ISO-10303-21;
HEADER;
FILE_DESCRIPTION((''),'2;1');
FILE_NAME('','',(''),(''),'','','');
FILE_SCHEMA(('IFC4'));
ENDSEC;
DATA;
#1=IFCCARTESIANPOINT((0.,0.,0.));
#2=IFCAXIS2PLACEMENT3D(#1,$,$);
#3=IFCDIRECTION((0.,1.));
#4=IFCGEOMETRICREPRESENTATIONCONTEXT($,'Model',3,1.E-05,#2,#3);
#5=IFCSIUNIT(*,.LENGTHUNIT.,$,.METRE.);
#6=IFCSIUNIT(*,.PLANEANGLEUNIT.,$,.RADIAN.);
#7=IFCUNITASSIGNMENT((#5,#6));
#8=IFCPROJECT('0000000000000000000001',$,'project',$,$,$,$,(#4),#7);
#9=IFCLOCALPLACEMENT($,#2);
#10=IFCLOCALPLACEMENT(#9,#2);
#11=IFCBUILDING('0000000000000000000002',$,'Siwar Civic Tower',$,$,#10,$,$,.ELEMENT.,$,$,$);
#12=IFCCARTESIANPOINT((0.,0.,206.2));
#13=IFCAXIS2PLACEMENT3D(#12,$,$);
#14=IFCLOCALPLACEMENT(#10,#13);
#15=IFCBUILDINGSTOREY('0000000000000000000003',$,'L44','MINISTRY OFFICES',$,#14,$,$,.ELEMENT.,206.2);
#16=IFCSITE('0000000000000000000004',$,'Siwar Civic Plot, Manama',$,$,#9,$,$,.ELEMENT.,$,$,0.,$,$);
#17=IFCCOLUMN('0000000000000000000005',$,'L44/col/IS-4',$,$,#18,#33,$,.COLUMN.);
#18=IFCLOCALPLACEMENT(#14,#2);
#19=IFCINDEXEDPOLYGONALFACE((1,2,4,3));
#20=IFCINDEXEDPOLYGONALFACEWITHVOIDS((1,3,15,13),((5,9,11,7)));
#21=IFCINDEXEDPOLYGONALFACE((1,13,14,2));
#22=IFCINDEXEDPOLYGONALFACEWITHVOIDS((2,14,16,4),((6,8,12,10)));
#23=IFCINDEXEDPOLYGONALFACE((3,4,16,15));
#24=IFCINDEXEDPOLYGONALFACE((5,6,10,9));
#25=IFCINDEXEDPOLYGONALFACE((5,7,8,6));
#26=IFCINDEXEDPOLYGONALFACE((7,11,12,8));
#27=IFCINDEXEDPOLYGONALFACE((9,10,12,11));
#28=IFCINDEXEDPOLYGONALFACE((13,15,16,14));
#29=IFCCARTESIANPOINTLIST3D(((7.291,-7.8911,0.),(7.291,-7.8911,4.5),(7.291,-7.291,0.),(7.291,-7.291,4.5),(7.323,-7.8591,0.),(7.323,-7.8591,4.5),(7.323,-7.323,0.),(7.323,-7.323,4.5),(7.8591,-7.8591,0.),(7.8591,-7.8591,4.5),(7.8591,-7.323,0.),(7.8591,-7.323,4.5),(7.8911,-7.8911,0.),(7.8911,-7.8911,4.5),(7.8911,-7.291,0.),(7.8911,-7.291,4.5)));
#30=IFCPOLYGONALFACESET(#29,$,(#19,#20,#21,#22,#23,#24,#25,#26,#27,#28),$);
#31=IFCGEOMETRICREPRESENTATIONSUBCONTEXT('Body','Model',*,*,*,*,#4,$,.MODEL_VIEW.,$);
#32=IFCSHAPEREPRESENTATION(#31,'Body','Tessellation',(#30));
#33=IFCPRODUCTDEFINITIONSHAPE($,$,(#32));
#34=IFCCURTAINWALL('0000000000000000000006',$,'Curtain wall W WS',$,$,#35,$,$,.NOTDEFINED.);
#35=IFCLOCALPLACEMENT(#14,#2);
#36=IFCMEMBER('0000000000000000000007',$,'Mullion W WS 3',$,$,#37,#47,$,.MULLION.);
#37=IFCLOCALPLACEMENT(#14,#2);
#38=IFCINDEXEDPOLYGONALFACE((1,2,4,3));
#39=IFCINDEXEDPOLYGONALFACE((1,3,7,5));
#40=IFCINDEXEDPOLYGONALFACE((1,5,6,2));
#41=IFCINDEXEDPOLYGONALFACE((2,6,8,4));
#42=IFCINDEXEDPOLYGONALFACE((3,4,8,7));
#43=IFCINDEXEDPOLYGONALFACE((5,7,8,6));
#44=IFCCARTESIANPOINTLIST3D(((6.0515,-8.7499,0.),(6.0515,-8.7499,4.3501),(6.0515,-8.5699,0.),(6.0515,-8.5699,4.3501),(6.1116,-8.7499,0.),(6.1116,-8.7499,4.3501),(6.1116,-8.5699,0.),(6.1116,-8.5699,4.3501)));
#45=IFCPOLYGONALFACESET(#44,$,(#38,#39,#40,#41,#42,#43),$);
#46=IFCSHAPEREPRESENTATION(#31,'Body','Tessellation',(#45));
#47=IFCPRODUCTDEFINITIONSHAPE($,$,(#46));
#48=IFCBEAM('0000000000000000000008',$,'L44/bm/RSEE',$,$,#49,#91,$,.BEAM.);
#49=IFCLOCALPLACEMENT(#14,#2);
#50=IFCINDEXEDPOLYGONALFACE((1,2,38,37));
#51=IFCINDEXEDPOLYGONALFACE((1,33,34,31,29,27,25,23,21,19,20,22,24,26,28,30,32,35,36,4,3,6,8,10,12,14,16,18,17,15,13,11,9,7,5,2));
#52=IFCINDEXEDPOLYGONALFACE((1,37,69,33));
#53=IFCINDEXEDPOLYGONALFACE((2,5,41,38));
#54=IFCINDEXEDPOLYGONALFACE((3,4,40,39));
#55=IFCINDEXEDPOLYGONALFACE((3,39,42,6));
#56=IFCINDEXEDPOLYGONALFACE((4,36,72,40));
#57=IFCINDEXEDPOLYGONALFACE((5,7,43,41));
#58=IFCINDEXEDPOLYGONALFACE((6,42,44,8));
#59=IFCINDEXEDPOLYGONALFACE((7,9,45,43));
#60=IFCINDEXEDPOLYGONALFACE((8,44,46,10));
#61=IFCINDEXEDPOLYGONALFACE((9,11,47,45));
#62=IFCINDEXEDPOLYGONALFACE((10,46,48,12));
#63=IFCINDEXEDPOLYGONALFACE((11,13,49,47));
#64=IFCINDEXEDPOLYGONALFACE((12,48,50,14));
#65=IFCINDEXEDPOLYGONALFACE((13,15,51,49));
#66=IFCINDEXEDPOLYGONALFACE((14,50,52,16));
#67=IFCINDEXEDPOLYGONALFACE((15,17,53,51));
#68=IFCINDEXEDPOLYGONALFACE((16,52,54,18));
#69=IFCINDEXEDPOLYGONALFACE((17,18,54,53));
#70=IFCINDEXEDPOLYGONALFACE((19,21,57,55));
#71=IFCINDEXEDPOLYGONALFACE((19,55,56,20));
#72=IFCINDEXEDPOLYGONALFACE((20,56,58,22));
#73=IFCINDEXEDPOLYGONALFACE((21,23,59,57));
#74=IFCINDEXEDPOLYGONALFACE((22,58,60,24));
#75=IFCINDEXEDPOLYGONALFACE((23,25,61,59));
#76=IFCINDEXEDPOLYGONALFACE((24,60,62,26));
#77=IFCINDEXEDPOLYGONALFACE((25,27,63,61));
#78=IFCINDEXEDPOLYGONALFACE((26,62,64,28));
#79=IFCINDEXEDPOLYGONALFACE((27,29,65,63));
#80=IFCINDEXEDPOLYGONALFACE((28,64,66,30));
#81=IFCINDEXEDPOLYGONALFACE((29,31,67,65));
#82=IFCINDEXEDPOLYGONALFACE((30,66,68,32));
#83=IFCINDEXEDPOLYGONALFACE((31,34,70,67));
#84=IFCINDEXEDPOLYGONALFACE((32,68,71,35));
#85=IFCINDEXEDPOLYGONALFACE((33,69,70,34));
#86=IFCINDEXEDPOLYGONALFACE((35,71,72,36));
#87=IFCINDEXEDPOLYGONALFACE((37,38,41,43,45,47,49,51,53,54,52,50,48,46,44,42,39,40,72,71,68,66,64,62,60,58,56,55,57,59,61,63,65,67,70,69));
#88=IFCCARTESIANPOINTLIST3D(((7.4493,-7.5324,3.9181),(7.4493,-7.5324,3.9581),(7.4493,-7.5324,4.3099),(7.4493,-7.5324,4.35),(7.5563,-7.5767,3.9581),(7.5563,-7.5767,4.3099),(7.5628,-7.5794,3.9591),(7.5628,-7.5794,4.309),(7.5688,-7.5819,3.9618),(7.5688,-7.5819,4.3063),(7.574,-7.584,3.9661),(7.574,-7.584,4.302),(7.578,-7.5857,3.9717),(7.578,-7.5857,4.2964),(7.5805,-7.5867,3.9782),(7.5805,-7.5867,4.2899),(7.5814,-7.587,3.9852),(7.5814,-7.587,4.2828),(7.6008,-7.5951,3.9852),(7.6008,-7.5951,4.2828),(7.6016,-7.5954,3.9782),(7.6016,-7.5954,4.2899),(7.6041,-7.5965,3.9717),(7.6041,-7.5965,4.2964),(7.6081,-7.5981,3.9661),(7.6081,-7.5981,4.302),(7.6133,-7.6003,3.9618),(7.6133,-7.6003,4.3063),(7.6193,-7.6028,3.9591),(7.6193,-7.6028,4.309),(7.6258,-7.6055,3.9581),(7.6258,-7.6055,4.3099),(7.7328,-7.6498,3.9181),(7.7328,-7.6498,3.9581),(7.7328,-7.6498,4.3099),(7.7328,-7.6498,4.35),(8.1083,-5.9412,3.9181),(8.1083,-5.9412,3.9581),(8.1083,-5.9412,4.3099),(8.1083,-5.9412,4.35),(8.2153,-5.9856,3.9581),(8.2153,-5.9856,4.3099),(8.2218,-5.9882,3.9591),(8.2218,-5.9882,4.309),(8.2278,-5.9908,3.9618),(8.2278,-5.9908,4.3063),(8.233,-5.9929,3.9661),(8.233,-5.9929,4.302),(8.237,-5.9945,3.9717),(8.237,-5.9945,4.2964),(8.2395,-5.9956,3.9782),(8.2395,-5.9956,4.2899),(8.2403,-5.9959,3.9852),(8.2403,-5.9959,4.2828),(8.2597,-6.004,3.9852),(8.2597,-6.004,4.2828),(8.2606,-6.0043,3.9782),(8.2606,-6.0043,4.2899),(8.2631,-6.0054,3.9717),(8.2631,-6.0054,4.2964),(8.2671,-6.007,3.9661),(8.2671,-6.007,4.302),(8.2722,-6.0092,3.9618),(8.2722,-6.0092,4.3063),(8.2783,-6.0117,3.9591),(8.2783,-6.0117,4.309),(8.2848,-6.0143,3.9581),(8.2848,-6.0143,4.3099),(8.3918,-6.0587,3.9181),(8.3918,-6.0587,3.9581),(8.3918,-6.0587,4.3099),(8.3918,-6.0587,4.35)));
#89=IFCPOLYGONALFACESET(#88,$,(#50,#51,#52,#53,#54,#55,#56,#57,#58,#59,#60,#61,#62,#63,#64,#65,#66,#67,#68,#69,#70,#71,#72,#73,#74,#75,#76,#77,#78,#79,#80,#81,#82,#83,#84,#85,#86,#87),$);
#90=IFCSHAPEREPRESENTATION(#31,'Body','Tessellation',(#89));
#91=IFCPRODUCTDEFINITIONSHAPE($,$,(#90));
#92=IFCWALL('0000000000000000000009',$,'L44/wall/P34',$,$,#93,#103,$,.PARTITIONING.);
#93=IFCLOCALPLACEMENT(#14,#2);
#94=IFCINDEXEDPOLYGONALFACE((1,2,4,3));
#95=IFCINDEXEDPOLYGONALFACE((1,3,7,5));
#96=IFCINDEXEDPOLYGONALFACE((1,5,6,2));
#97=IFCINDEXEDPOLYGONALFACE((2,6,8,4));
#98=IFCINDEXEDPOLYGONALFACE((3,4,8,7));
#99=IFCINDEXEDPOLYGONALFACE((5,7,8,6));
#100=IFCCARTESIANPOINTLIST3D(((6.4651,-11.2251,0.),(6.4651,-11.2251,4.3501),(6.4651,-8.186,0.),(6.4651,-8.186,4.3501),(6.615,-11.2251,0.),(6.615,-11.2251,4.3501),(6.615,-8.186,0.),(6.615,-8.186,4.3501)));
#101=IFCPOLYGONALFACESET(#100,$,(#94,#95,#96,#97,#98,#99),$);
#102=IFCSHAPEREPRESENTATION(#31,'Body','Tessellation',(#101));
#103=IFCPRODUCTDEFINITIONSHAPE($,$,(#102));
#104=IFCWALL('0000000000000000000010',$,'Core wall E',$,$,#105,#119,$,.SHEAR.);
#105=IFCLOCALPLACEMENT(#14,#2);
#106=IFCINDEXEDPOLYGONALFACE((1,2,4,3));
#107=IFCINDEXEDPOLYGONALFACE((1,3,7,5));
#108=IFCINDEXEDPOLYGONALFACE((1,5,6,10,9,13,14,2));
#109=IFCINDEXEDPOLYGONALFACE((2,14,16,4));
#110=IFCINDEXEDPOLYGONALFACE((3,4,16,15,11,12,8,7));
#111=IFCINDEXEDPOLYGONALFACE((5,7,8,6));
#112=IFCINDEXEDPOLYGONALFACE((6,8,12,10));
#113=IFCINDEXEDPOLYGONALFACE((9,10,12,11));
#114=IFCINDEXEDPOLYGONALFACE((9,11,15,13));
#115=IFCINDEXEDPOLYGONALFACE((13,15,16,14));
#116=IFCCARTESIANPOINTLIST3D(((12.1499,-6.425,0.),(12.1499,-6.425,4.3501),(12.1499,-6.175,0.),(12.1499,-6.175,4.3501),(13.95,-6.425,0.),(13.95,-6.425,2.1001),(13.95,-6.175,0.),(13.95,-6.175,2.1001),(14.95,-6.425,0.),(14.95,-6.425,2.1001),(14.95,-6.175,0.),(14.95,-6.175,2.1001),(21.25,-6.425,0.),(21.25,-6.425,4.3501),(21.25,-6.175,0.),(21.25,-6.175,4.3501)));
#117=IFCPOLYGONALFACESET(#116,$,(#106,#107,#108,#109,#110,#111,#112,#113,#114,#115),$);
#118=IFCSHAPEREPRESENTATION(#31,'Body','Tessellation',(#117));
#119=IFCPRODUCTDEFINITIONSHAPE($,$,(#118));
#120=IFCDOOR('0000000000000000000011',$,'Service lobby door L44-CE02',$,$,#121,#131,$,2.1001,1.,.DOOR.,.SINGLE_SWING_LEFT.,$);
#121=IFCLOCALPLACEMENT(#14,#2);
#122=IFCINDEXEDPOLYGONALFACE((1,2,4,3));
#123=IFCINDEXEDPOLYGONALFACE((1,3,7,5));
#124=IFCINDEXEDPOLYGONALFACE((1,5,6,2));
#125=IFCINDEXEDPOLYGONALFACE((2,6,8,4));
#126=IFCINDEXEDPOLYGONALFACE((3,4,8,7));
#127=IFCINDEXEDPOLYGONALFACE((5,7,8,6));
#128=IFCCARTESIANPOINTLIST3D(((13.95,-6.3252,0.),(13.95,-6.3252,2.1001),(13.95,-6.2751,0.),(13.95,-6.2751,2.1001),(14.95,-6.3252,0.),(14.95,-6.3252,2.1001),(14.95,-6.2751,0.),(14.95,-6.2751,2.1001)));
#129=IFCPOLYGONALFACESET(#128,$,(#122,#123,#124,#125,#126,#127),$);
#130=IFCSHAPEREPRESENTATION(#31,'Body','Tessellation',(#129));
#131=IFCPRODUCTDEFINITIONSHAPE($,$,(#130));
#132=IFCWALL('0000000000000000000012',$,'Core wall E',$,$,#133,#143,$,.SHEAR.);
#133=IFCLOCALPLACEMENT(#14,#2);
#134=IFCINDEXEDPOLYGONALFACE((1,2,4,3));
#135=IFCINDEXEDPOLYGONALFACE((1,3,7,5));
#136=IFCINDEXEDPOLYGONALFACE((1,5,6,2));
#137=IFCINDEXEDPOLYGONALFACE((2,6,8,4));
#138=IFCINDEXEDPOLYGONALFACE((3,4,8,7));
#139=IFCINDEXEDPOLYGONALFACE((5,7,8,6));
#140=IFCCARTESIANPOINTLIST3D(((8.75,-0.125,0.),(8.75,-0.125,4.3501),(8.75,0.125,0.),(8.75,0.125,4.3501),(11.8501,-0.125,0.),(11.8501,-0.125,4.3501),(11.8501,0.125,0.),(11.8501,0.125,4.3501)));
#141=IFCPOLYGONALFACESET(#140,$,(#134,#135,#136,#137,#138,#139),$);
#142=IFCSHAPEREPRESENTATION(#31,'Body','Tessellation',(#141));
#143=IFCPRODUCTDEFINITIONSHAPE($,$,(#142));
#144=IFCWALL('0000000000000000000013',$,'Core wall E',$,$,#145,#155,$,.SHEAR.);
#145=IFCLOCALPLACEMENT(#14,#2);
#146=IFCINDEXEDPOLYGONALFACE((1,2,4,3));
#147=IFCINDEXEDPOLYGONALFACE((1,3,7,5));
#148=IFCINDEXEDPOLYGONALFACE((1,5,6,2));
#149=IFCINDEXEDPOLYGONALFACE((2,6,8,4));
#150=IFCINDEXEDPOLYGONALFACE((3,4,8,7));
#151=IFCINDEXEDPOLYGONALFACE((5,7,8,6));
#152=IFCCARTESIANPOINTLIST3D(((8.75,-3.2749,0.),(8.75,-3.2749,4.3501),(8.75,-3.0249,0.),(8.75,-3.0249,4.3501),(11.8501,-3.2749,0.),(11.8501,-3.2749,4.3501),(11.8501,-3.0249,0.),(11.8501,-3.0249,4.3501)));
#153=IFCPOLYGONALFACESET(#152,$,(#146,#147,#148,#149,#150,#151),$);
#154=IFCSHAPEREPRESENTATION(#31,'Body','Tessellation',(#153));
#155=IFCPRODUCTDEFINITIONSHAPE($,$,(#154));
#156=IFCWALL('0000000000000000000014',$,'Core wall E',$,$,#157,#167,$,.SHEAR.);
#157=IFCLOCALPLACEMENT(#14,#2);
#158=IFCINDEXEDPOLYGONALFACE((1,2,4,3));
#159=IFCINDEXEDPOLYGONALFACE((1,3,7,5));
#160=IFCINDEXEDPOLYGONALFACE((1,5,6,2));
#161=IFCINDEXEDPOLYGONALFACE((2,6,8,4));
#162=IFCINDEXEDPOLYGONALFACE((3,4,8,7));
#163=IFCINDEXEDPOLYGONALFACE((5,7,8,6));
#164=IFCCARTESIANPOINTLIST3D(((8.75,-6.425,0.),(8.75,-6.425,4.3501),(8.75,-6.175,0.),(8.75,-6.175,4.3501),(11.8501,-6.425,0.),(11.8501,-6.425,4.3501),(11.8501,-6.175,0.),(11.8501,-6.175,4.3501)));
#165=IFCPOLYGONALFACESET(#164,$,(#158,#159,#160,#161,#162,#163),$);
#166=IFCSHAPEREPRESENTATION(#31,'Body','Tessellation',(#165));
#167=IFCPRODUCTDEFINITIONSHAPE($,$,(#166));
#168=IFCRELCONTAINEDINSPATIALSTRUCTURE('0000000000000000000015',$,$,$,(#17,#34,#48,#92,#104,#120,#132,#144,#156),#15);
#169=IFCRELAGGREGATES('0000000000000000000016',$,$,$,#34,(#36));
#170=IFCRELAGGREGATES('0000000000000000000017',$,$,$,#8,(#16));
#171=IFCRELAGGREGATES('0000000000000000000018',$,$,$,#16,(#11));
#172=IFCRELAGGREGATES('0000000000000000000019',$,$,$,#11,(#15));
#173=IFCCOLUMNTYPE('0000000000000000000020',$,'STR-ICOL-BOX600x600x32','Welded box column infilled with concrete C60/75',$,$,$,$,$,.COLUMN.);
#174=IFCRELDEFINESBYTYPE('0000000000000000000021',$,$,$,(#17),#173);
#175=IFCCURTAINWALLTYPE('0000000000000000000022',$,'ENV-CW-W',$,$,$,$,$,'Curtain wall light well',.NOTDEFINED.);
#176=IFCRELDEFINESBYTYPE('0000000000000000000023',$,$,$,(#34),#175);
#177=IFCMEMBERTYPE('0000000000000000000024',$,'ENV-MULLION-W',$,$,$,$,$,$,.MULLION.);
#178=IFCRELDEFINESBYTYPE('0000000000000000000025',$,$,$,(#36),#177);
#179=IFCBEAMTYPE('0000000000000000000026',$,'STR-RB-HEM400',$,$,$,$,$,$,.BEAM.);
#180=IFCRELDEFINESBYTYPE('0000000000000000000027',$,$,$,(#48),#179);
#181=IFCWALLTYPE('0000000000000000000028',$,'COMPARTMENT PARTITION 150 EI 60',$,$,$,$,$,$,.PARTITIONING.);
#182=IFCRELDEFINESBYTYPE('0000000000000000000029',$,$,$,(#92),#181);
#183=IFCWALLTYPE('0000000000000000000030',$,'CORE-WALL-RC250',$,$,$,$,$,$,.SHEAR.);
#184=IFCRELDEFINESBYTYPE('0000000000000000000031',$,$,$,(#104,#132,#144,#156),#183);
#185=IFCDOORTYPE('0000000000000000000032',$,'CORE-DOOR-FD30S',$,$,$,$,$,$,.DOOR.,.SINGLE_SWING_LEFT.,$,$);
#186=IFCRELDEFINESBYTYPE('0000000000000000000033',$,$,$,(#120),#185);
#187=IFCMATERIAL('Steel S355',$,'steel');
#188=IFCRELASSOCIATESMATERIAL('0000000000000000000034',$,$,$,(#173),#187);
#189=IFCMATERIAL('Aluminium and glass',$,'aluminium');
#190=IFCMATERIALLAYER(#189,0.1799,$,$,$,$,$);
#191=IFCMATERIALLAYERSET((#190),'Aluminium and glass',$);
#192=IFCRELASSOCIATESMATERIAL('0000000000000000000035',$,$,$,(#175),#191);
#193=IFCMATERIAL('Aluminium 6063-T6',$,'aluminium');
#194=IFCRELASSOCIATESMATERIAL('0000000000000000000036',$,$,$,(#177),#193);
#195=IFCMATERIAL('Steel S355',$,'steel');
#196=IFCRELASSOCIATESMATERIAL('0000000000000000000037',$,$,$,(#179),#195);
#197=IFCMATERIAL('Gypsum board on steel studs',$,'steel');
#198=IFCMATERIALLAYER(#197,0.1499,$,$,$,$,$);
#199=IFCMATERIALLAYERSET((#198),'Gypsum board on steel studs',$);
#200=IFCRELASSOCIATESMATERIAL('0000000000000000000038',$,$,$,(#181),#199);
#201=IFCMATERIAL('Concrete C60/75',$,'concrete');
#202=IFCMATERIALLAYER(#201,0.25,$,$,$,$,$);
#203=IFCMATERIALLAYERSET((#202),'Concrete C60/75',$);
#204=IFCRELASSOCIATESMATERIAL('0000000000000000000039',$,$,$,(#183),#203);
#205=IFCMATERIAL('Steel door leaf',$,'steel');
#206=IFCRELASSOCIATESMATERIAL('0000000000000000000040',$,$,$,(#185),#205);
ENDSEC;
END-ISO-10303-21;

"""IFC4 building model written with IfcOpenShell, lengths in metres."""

from ifc_helpers import new_model, si_unit, direction, frame, frame_2d, origin, origin_2d, place, context, subcontext, project, spatial, rectangle, hollow_rectangle, i_section, extrude, material, layer, layer_set, material_profile, profile_set, type_object, element, fill, aggregate, save


model = new_model("IFC4")

# Units and contexts
model_context = context("Model", 3, precision=1e-05, world=origin(), true_north=direction((0.0, 1.0)))
body_context = subcontext(model_context, "Body", "Model", "MODEL_VIEW")
ifc_project = project(units=[si_unit("LENGTHUNIT", "METRE"), si_unit("PLANEANGLEUNIT", "RADIAN")], contexts=[model_context])

# Site, building, storey
site_placement = place(None, origin())
site = spatial("IfcSite", under=ifc_project, at=site_placement, Name="Siwar Civic Plot, Manama", CompositionType="ELEMENT", RefElevation=0.0)
building_placement = place(site_placement, origin())
building = spatial("IfcBuilding", under=site, at=building_placement, Name="Siwar Civic Tower", CompositionType="ELEMENT")
storey_placement = place(building_placement, frame((0.0, 0.0, 206.2)))
storey = spatial("IfcBuildingStorey", under=building, at=storey_placement, Name="L44", Description="MINISTRY OFFICES", CompositionType="ELEMENT", Elevation=206.2)

# Column
ifc_material_1 = material(Name="Steel S355", Category="steel")
ifc_material_profile_1 = material_profile(ifc_material_1, hollow_rectangle(XDim=0.6001, YDim=0.6001, WallThickness=0.032, at=origin_2d()), Name="BOX600x600x32")
ifc_profile_set_1 = profile_set([ifc_material_profile_1], Name="Steel S355")
column_type = type_object("IfcColumnType", Name="STR-ICOL-BOX600x600x32", Description="Welded box column infilled with concrete C60/75", PredefinedType="COLUMN", material=ifc_profile_set_1)
column_placement = place(storey_placement, frame((7.5911, -7.5911, 0.0), z_axis=(0.0, 0.0, 1.0), x_axis=(1.0, 0.0, 0.0)))
element("IfcColumn", 1, at=column_placement, inside=storey, type_object=column_type, Name="L44/col/IS-4", PredefinedType="COLUMN", context=body_context, shape_type="SweptSolid", body=[
    extrude(hollow_rectangle(XDim=0.6001, YDim=0.6001, WallThickness=0.032, at=origin_2d()), origin(), (0.0, 0.0, 1.0), 4.5),
])

# Curtain wall, member
ifc_material_2 = material(Name="Aluminium and glass", Category="aluminium")
ifc_layer_1 = layer(ifc_material_2, 0.1799)
ifc_layer_set_1 = layer_set([ifc_layer_1], Name="Aluminium and glass")
curtain_wall_type = type_object("IfcCurtainWallType", Name="ENV-CW-W", ElementType="Curtain wall light well", PredefinedType="NOTDEFINED", material=ifc_layer_set_1)
curtain_wall_placement = place(storey_placement, origin())
curtain_wall = element("IfcCurtainWall", 2, at=curtain_wall_placement, inside=storey, type_object=curtain_wall_type, Name="Curtain wall W WS", PredefinedType="NOTDEFINED")
ifc_material_3 = material(Name="Aluminium 6063-T6", Category="aluminium")
ifc_material_profile_2 = material_profile(ifc_material_3, rectangle(XDim=0.1799, YDim=0.0601, at=origin_2d()), Name="AL 180x60")
ifc_profile_set_2 = profile_set([ifc_material_profile_2], Name="Aluminium 6063-T6")
member_type = type_object("IfcMemberType", Name="ENV-MULLION-W", PredefinedType="MULLION", material=ifc_profile_set_2)
member_placement = place(storey_placement, frame((6.0815, -8.6599, 0.0), z_axis=(0.0, 0.0, 1.0), x_axis=(0.0, 1.0, 0.0)))
member = element("IfcMember", 3, at=member_placement, type_object=member_type, Name="Mullion W WS 3", PredefinedType="MULLION", context=body_context, shape_type="SweptSolid", body=[
    extrude(rectangle(XDim=0.1799, YDim=0.0601, at=origin_2d()), origin(), (0.0, 0.0, 1.0), 4.3501),
])
aggregate(curtain_wall, [member])

# Beam
ifc_material_4 = material(Name="Steel S355", Category="steel")
ifc_material_profile_3 = material_profile(ifc_material_4, i_section(OverallWidth=0.3069, OverallDepth=0.4319, WebThickness=0.021, FlangeThickness=0.04, FilletRadius=0.0271, at=origin_2d()), Name="HEM400")
ifc_profile_set_3 = profile_set([ifc_material_profile_3], Name="Steel S355")
beam_type = type_object("IfcBeamType", Name="STR-RB-HEM400", PredefinedType="BEAM", material=ifc_profile_set_3)
beam_placement = place(storey_placement, frame((7.5911, -7.5911, 4.134), z_axis=(0.382631, 0.923901, 0.0), x_axis=(-0.923901, 0.382631, 0.0)))
element("IfcBeam", 4, at=beam_placement, inside=storey, type_object=beam_type, Name="L44/bm/RSEE", PredefinedType="BEAM", context=body_context, shape_type="SweptSolid", body=[
    extrude(i_section(OverallWidth=0.3069, OverallDepth=0.4319, WebThickness=0.021, FlangeThickness=0.04, FilletRadius=0.0271, at=origin_2d()), origin(), (0.0, 0.0, 1.0), 1.7222),
])

# Wall
ifc_material_5 = material(Name="Gypsum board on steel studs", Category="steel")
ifc_layer_2 = layer(ifc_material_5, 0.1499)
ifc_layer_set_2 = layer_set([ifc_layer_2], Name="Gypsum board on steel studs")
wall_type_1 = type_object("IfcWallType", Name="COMPARTMENT PARTITION 150 EI 60", PredefinedType="PARTITIONING", material=ifc_layer_set_2)
wall_1_placement = place(storey_placement, frame((6.54, -11.2251, 0.0), z_axis=(0.0, 0.0, 1.0), x_axis=(0.0, 1.0, 0.0)))
element("IfcWall", 5, at=wall_1_placement, inside=storey, type_object=wall_type_1, Name="L44/wall/P34", PredefinedType="PARTITIONING", context=body_context, shape_type="SweptSolid", body=[
    extrude(rectangle(XDim=3.0391, YDim=0.1499, at=frame_2d((1.5195, 0.0))), origin(), (0.0, 0.0, 1.0), 4.3501),
])

# Wall, opening, door
ifc_material_6 = material(Name="Concrete C60/75", Category="concrete")
ifc_layer_3 = layer(ifc_material_6, 0.25)
ifc_layer_set_3 = layer_set([ifc_layer_3], Name="Concrete C60/75")
wall_type_2 = type_object("IfcWallType", Name="CORE-WALL-RC250", PredefinedType="SHEAR", material=ifc_layer_set_3)
wall_2_placement = place(storey_placement, frame((12.1499, -6.3, 0.0), z_axis=(0.0, 0.0, 1.0), x_axis=(1.0, 0.0, 0.0)))
wall_2 = element("IfcWall", 6, at=wall_2_placement, inside=storey, type_object=wall_type_2, Name="Core wall E", PredefinedType="SHEAR", context=body_context, shape_type="SweptSolid", body=[
    extrude(rectangle(XDim=9.1001, YDim=0.25, at=frame_2d((4.55, 0.0))), origin(), (0.0, 0.0, 1.0), 4.3501),
])
opening_1_placement = place(wall_2_placement, frame((1.8, 0.0, 0.0)))
opening_1 = element("IfcOpeningElement", 7, at=opening_1_placement, cuts=wall_2, PredefinedType="OPENING", context=body_context, shape_type="SweptSolid", body=[
    extrude(rectangle(XDim=1.0, YDim=2.1001, at=frame_2d((0.5, 1.05))), frame((0.0, 0.135, 0.0), z_axis=(0.0, -1.0, 0.0), x_axis=(1.0, 0.0, 0.0)), (0.0, 0.0, 1.0), 0.27),
])
ifc_material_7 = material(Name="Steel door leaf", Category="steel")
door_type_1 = type_object("IfcDoorType", Name="CORE-DOOR-FD30S", OperationType="SINGLE_SWING_LEFT", PredefinedType="DOOR", material=ifc_material_7)
door_1_placement = place(opening_1_placement, origin())
door_1 = element("IfcDoor", 8, at=door_1_placement, inside=storey, type_object=door_type_1, Name="Service lobby door L44-CE02", OperationType="SINGLE_SWING_LEFT", OverallHeight=2.1001, OverallWidth=1.0, PredefinedType="DOOR", context=body_context, shape_type="SweptSolid", body=[
    extrude(rectangle(XDim=1.0, YDim=2.1001, at=frame_2d((0.5, 1.05))), frame((0.0, 0.0249, 0.0), z_axis=(0.0, -1.0, 0.0), x_axis=(1.0, 0.0, 0.0)), (0.0, 0.0, 1.0), 0.05),
])
fill(opening_1, door_1)

# Walls
for number, where, z_axis, x_axis, name in (
    (9, (8.75, 0.0, 0.0), (0.0, 0.0, 1.0), (1.0, 0.0, 0.0), "Core wall E"),
    (10, (8.75, -3.1499, 0.0), (0.0, 0.0, 1.0), (1.0, 0.0, 0.0), "Core wall E"),
    (11, (8.75, -6.3, 0.0), (0.0, 0.0, 1.0), (1.0, 0.0, 0.0), "Core wall E"),
):
    element("IfcWall", number, at=place(storey_placement, frame(where, z_axis=z_axis, x_axis=x_axis)), inside=storey, type_object=wall_type_2, Name=name, PredefinedType="SHEAR", context=body_context, shape_type="SweptSolid", body=[
        extrude(rectangle(XDim=3.1001, YDim=0.25, at=frame_2d((1.55, 0.0))), origin(), (0.0, 0.0, 1.0), 4.3501),
    ])

save(model, "model.ifc")
